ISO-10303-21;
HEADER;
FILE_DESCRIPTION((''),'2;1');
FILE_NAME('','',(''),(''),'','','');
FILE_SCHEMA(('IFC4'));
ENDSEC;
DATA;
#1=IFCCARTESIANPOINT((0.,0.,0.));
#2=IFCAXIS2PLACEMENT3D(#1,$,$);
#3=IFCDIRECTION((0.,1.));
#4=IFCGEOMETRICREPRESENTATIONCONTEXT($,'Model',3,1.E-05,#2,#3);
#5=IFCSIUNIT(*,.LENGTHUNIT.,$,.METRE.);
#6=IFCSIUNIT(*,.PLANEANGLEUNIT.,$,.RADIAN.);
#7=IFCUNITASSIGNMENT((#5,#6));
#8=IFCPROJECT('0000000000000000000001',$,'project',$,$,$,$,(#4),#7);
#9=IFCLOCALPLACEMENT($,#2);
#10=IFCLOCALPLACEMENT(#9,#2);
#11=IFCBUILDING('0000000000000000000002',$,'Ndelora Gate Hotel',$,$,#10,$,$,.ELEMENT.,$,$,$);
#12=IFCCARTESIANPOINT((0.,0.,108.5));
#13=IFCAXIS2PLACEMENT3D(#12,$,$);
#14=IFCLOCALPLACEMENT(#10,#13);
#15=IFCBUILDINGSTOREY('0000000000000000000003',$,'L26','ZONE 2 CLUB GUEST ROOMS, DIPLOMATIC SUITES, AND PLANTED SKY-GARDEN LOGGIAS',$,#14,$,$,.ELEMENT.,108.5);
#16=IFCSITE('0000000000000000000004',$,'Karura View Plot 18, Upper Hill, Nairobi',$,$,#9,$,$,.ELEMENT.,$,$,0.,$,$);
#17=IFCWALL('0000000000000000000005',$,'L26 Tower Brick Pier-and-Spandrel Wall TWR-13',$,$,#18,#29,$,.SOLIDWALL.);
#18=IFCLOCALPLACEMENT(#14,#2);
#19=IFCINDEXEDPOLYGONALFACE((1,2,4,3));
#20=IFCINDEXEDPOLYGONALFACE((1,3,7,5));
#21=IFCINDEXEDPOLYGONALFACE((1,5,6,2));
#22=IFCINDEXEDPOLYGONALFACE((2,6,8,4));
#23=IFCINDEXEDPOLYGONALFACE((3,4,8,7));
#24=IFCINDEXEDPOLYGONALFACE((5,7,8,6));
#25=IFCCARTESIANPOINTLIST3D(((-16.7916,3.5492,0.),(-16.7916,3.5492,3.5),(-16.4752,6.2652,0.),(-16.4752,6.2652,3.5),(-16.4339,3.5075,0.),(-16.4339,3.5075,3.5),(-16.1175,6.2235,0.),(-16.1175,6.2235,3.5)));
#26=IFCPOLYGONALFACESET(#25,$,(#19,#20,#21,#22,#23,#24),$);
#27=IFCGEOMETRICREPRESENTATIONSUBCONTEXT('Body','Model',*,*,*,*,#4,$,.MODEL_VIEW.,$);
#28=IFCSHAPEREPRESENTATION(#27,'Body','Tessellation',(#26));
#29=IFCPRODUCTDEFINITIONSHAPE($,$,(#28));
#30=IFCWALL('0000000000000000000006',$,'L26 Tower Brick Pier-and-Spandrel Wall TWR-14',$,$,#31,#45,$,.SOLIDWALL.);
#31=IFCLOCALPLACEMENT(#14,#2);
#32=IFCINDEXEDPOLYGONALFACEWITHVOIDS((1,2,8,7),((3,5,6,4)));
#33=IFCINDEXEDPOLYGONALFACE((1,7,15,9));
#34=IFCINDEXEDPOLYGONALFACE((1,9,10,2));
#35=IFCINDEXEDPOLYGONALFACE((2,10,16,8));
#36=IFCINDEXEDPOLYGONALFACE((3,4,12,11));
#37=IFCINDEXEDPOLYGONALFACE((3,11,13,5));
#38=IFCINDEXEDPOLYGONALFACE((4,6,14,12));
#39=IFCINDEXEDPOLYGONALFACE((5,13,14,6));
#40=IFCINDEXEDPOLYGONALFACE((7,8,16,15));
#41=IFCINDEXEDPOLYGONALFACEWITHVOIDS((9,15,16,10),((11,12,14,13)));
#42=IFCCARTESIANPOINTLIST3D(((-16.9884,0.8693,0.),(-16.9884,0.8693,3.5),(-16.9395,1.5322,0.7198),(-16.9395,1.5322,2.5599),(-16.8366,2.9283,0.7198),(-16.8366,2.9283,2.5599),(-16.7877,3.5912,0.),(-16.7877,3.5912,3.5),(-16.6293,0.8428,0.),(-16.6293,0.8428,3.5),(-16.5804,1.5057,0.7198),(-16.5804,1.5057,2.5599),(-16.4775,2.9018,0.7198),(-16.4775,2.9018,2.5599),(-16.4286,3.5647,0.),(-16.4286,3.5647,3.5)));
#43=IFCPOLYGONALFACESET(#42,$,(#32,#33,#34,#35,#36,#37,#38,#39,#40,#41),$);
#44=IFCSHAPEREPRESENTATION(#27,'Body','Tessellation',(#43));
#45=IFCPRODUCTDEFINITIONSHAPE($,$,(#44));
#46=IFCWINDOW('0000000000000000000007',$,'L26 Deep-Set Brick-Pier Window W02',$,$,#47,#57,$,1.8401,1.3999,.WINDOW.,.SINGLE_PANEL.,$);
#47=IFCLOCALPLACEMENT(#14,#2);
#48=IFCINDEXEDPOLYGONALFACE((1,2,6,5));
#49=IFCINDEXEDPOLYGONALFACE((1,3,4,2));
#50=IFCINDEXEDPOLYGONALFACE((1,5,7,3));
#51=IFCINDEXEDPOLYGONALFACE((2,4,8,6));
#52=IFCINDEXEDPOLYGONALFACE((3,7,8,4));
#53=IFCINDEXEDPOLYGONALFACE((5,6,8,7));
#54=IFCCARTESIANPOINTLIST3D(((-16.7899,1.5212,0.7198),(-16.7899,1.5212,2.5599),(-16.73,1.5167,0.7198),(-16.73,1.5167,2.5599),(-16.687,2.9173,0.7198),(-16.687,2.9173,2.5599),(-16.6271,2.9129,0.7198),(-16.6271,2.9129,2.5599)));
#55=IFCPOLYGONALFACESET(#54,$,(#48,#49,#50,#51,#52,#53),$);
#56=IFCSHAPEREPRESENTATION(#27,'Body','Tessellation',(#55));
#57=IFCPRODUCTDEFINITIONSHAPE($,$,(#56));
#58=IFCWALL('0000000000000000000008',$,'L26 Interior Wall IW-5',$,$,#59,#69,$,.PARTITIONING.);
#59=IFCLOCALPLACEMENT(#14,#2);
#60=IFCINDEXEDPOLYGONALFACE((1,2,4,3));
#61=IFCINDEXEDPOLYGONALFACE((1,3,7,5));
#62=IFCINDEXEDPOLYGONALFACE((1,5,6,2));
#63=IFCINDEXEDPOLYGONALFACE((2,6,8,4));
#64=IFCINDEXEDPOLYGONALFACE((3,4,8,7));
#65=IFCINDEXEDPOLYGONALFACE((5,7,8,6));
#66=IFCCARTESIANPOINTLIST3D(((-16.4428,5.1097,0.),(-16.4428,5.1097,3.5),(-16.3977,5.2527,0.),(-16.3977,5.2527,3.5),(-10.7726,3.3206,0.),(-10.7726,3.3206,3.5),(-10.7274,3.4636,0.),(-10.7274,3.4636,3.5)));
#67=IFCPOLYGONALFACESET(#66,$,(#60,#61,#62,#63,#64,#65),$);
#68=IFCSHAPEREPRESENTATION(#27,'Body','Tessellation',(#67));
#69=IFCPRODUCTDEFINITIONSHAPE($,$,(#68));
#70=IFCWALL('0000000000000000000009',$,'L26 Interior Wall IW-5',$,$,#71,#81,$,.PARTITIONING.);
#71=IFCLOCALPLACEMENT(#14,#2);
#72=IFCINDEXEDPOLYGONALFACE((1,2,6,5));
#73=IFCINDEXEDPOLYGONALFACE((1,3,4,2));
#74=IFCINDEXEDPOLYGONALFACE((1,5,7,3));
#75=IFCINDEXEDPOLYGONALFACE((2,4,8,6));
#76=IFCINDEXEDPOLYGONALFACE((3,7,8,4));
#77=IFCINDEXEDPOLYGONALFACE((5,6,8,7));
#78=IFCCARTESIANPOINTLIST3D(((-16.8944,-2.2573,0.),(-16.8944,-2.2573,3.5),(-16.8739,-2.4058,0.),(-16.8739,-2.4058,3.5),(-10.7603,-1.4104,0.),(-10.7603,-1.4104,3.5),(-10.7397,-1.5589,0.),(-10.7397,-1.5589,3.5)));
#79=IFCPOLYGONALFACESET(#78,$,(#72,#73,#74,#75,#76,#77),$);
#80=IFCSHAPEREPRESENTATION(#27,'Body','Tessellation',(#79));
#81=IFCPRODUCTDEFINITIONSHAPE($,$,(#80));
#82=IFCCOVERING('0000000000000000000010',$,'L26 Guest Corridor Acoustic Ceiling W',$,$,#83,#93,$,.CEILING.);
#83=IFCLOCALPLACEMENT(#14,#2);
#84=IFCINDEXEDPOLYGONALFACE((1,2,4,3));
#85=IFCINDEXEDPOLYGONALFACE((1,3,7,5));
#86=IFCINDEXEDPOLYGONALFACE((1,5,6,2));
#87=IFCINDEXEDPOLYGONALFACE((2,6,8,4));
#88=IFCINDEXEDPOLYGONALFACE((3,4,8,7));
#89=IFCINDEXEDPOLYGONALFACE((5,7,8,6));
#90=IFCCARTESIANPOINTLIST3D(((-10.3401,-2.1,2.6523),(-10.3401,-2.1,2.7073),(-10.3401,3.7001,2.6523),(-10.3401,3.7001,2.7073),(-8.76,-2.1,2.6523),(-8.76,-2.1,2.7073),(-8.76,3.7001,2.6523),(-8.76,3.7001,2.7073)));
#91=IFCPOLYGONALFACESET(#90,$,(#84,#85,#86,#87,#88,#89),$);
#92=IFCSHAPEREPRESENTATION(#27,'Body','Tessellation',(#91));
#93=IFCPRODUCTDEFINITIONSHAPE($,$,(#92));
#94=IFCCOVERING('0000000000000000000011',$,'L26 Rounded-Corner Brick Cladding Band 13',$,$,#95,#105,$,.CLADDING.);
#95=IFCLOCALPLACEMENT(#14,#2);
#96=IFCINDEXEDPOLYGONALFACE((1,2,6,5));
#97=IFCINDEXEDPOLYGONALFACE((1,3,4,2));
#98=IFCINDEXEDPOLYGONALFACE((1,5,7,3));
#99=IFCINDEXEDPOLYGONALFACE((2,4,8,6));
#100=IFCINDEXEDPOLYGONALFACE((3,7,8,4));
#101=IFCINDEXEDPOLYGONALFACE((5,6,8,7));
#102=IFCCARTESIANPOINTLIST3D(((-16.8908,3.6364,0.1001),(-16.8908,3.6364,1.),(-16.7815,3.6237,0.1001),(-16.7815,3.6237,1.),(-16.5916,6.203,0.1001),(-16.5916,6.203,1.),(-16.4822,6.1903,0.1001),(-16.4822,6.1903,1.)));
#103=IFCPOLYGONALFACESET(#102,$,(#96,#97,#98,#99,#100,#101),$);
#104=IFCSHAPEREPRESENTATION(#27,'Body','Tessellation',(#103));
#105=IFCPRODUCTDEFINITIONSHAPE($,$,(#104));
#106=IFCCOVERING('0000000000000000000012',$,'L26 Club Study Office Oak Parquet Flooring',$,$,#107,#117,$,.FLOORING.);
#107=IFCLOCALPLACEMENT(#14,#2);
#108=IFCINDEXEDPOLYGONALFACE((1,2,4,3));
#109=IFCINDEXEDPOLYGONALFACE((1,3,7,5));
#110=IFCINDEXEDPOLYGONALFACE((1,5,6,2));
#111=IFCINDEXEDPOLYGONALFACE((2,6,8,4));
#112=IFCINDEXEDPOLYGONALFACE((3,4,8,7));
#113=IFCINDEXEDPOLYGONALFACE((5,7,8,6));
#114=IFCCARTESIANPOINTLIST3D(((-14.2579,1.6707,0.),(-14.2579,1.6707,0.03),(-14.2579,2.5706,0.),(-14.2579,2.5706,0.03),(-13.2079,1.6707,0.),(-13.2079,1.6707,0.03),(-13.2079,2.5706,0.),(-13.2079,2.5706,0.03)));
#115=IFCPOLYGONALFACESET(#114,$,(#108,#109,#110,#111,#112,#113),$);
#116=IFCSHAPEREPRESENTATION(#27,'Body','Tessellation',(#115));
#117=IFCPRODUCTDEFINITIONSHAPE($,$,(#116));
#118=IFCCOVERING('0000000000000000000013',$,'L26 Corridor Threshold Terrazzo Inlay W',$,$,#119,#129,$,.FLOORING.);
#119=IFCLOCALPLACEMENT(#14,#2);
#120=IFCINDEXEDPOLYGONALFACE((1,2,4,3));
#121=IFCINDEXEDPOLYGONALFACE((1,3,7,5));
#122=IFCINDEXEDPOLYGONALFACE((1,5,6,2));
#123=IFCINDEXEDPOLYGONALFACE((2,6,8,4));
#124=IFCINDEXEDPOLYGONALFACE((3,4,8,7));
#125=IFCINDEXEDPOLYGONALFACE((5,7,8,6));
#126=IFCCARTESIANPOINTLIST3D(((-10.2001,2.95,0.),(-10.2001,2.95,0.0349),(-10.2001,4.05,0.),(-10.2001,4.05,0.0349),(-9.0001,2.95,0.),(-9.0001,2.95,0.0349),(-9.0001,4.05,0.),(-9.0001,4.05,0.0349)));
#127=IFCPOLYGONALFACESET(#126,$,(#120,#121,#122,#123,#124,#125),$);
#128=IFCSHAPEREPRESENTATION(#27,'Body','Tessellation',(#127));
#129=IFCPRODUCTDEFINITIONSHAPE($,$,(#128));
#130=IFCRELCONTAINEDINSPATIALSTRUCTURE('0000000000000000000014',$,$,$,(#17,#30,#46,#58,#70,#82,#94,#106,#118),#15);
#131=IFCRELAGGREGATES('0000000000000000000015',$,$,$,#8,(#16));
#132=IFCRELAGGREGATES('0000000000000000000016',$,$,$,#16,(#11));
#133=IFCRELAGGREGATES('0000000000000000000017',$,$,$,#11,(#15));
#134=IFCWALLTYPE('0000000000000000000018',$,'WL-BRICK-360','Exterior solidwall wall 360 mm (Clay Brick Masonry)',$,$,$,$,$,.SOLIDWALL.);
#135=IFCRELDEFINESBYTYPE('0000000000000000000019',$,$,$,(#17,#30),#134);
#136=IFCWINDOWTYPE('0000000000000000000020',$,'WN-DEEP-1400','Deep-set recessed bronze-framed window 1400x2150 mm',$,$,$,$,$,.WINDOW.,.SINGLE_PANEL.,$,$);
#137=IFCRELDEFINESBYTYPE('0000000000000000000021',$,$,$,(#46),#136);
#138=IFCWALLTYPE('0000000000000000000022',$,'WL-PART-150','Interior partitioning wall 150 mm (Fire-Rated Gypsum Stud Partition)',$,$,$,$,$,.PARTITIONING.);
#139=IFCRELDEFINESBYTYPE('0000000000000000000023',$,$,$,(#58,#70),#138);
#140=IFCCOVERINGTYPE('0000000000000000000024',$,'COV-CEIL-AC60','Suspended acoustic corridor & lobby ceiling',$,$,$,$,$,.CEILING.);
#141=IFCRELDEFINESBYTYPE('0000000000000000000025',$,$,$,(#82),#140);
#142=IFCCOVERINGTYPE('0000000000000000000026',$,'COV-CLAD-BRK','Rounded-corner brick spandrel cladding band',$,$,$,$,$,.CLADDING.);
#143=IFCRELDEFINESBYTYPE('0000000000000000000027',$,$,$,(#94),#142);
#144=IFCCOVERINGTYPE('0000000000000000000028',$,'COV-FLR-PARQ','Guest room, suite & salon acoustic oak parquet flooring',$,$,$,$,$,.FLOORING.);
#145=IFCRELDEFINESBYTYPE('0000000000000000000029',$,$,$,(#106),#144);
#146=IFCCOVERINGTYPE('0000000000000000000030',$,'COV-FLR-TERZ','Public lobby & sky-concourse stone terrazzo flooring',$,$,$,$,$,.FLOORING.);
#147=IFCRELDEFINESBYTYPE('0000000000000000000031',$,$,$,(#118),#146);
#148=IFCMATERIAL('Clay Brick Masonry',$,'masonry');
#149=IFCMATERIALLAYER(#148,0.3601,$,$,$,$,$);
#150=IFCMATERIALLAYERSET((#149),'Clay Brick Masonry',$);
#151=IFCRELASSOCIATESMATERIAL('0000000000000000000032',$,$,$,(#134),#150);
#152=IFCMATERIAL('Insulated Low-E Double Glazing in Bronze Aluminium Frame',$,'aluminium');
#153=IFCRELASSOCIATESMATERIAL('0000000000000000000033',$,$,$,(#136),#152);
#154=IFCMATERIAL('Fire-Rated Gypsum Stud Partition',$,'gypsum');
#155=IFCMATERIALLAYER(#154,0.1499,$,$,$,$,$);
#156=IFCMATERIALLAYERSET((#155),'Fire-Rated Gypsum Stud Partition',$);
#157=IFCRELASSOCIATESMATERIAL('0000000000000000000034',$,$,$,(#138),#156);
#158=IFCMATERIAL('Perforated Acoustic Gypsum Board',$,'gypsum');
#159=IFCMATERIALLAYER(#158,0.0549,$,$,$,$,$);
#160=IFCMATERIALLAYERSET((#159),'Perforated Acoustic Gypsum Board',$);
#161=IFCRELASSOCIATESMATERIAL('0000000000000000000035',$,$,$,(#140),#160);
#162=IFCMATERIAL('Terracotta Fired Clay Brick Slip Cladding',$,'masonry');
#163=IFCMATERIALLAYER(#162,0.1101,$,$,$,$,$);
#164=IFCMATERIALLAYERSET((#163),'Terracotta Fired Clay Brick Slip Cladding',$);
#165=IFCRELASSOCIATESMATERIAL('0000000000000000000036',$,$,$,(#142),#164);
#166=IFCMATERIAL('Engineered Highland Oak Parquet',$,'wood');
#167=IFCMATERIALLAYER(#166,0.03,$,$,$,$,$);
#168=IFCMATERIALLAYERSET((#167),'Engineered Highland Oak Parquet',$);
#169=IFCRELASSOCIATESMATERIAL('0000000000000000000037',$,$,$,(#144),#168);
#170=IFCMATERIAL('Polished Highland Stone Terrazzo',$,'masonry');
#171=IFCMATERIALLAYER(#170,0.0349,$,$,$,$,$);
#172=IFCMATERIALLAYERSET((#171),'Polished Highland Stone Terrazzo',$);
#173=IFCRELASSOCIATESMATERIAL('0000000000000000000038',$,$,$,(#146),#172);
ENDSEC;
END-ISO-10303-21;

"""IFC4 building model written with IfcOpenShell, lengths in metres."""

from ifc_helpers import new_model, si_unit, direction, frame, frame_2d, origin, origin_2d, place, context, subcontext, project, spatial, rectangle, extrude, material, layer, layer_set, type_object, element, fill, save


model = new_model("IFC4")

# Units and contexts
model_context = context("Model", 3, precision=1e-05, world=origin(), true_north=direction((0.0, 1.0)))
body_context = subcontext(model_context, "Body", "Model", "MODEL_VIEW")
ifc_project = project(units=[si_unit("LENGTHUNIT", "METRE"), si_unit("PLANEANGLEUNIT", "RADIAN")], contexts=[model_context])

# Site, building, storey
site_placement = place(None, origin())
site = spatial("IfcSite", under=ifc_project, at=site_placement, Name="Karura View Plot 18, Upper Hill, Nairobi", CompositionType="ELEMENT", RefElevation=0.0)
building_placement = place(site_placement, origin())
building = spatial("IfcBuilding", under=site, at=building_placement, Name="Ndelora Gate Hotel", CompositionType="ELEMENT")
storey_placement = place(building_placement, frame((0.0, 0.0, 108.5)))
storey = spatial("IfcBuildingStorey", under=building, at=storey_placement, Name="L26", Description="ZONE 2 CLUB GUEST ROOMS, DIPLOMATIC SUITES, AND PLANTED SKY-GARDEN LOGGIAS", CompositionType="ELEMENT", Elevation=108.5)

# Shared definitions
ifc_material_1 = material(Name="Clay Brick Masonry", Category="masonry")
ifc_layer_1 = layer(ifc_material_1, 0.3601)
ifc_layer_set_1 = layer_set([ifc_layer_1], Name="Clay Brick Masonry")
wall_type_1 = type_object("IfcWallType", Name="WL-BRICK-360", Description="Exterior solidwall wall 360 mm (Clay Brick Masonry)", PredefinedType="SOLIDWALL", material=ifc_layer_set_1)
ifc_material_2 = material(Name="Insulated Low-E Double Glazing in Bronze Aluminium Frame", Category="aluminium")
window_type = type_object("IfcWindowType", Name="WN-DEEP-1400", Description="Deep-set recessed bronze-framed window 1400x2150 mm", PartitioningType="SINGLE_PANEL", PredefinedType="WINDOW", material=ifc_material_2)

# Wall
wall_1_placement = place(storey_placement, frame((-16.6128, 3.5283, 0.0), z_axis=(0.0, 0.0, 1.0), x_axis=(0.115712, 0.993283, 0.0)))
element("IfcWall", 1, at=wall_1_placement, inside=storey, type_object=wall_type_1, Name="L26 Tower Brick Pier-and-Spandrel Wall TWR-13", PredefinedType="SOLIDWALL", context=body_context, shape_type="SweptSolid", body=[
    extrude(rectangle(XDim=2.7344, YDim=0.3601, at=frame_2d((1.3672, 0.0))), origin(), (0.0, 0.0, 1.0), 3.5),
])

# Wall, opening, window
wall_2_placement = place(storey_placement, frame((-16.8088, 0.856, 0.0), z_axis=(0.0, 0.0, 1.0), x_axis=(0.073529, 0.997293, 0.0)))
wall_2 = element("IfcWall", 2, at=wall_2_placement, inside=storey, type_object=wall_type_1, Name="L26 Tower Brick Pier-and-Spandrel Wall TWR-14", PredefinedType="SOLIDWALL", context=body_context, shape_type="SweptSolid", body=[
    extrude(rectangle(XDim=2.7292, YDim=0.3601, at=frame_2d((1.3647, 0.0))), origin(), (0.0, 0.0, 1.0), 3.5),
])
opening_1_placement = place(wall_2_placement, frame((0.6648, 0.0, 0.72)))
opening_1 = element("IfcOpeningElement", 3, at=opening_1_placement, cuts=wall_2, PredefinedType="OPENING", context=body_context, shape_type="SweptSolid", body=[
    extrude(rectangle(XDim=1.3999, YDim=1.8401, at=frame_2d((0.7, 0.9199))), frame((0.0, 0.1899, 0.0), z_axis=(0.0, -1.0, 0.0), x_axis=(1.0, 0.0, 0.0)), (0.0, 0.0, 1.0), 0.3801),
])
window_1_placement = place(opening_1_placement, origin())
window_1 = element("IfcWindow", 4, at=window_1_placement, inside=storey, type_object=window_type, Name="L26 Deep-Set Brick-Pier Window W02", OverallHeight=1.8401, OverallWidth=1.3999, PartitioningType="SINGLE_PANEL", PredefinedType="WINDOW", context=body_context, shape_type="SweptSolid", body=[
    extrude(rectangle(XDim=1.3999, YDim=1.8401, at=frame_2d((0.7, 0.9199))), frame((0.0, 0.03, 0.0), z_axis=(0.0, -1.0, 0.0), x_axis=(1.0, 0.0, 0.0)), (0.0, 0.0, 1.0), 0.0601),
])
fill(opening_1, window_1)

# Walls
ifc_material_3 = material(Name="Fire-Rated Gypsum Stud Partition", Category="gypsum")
ifc_layer_2 = layer(ifc_material_3, 0.1499)
ifc_layer_set_2 = layer_set([ifc_layer_2], Name="Fire-Rated Gypsum Stud Partition")
wall_type_2 = type_object("IfcWallType", Name="WL-PART-150", Description="Interior partitioning wall 150 mm (Fire-Rated Gypsum Stud Partition)", PredefinedType="PARTITIONING", material=ifc_layer_set_2)
wall_3_placement = place(storey_placement, frame((-10.75, 3.3921, 0.0), z_axis=(0.0, 0.0, 1.0), x_axis=(-0.953656, 0.300899, 0.0)))
element("IfcWall", 5, at=wall_3_placement, inside=storey, type_object=wall_type_2, Name="L26 Interior Wall IW-5", PredefinedType="PARTITIONING", context=body_context, shape_type="SweptSolid", body=[
    extrude(rectangle(XDim=5.9458, YDim=0.1499, at=frame_2d((2.9729, 0.0))), origin(), (0.0, 0.0, 1.0), 3.5),
])
wall_4_placement = place(storey_placement, frame((-10.75, -1.4846, 0.0), z_axis=(0.0, 0.0, 1.0), x_axis=(-0.990603, -0.136767, 0.0)))
element("IfcWall", 6, at=wall_4_placement, inside=storey, type_object=wall_type_2, Name="L26 Interior Wall IW-5", PredefinedType="PARTITIONING", context=body_context, shape_type="SweptSolid", body=[
    extrude(rectangle(XDim=6.1924, YDim=0.1499, at=frame_2d((3.0962, 0.0))), origin(), (0.0, 0.0, 1.0), 3.5),
])

# Coverings
ifc_material_4 = material(Name="Perforated Acoustic Gypsum Board", Category="gypsum")
ifc_layer_3 = layer(ifc_material_4, 0.0549)
ifc_layer_set_3 = layer_set([ifc_layer_3], Name="Perforated Acoustic Gypsum Board")
covering_type_1 = type_object("IfcCoveringType", Name="COV-CEIL-AC60", Description="Suspended acoustic corridor & lobby ceiling", PredefinedType="CEILING", material=ifc_layer_set_3)
covering_1_placement = place(storey_placement, frame((-9.55, 0.8, 2.6523), z_axis=(0.0, 0.0, 1.0), x_axis=(1.0, 0.0, 0.0)))
element("IfcCovering", 7, at=covering_1_placement, inside=storey, type_object=covering_type_1, Name="L26 Guest Corridor Acoustic Ceiling W", PredefinedType="CEILING", context=body_context, shape_type="SweptSolid", body=[
    extrude(rectangle(XDim=1.5801, YDim=5.8, at=origin_2d()), origin(), (0.0, 0.0, 1.0), 0.0549),
])
ifc_material_5 = material(Name="Terracotta Fired Clay Brick Slip Cladding", Category="masonry")
ifc_layer_4 = layer(ifc_material_5, 0.1101)
ifc_layer_set_4 = layer_set([ifc_layer_4], Name="Terracotta Fired Clay Brick Slip Cladding")
covering_type_2 = type_object("IfcCoveringType", Name="COV-CLAD-BRK", Description="Rounded-corner brick spandrel cladding band", PredefinedType="CLADDING", material=ifc_layer_set_4)
covering_2_placement = place(storey_placement, frame((-16.6865, 4.9133, 0.1001), z_axis=(0.0, 0.0, 1.0), x_axis=(0.115804, 0.993272, 0.0)))
element("IfcCovering", 8, at=covering_2_placement, inside=storey, type_object=covering_type_2, Name="L26 Rounded-Corner Brick Cladding Band 13", PredefinedType="CLADDING", context=body_context, shape_type="SweptSolid", body=[
    extrude(rectangle(XDim=2.584, YDim=0.1101, at=origin_2d()), origin(), (0.0, 0.0, 1.0), 0.8999),
])
ifc_material_6 = material(Name="Engineered Highland Oak Parquet", Category="wood")
ifc_layer_5 = layer(ifc_material_6, 0.03)
ifc_layer_set_5 = layer_set([ifc_layer_5], Name="Engineered Highland Oak Parquet")
covering_type_3 = type_object("IfcCoveringType", Name="COV-FLR-PARQ", Description="Guest room, suite & salon acoustic oak parquet flooring", PredefinedType="FLOORING", material=ifc_layer_set_5)
covering_3_placement = place(storey_placement, frame((-13.7329, 2.1206, 0.0), z_axis=(0.0, 0.0, 1.0), x_axis=(1.0, 0.0, 0.0)))
element("IfcCovering", 9, at=covering_3_placement, inside=storey, type_object=covering_type_3, Name="L26 Club Study Office Oak Parquet Flooring", PredefinedType="FLOORING", context=body_context, shape_type="SweptSolid", body=[
    extrude(rectangle(XDim=1.05, YDim=0.8999, at=origin_2d()), origin(), (0.0, 0.0, 1.0), 0.03),
])
ifc_material_7 = material(Name="Polished Highland Stone Terrazzo", Category="masonry")
ifc_layer_6 = layer(ifc_material_7, 0.0349)
ifc_layer_set_6 = layer_set([ifc_layer_6], Name="Polished Highland Stone Terrazzo")
covering_type_4 = type_object("IfcCoveringType", Name="COV-FLR-TERZ", Description="Public lobby & sky-concourse stone terrazzo flooring", PredefinedType="FLOORING", material=ifc_layer_set_6)
covering_4_placement = place(storey_placement, frame((-9.6001, 3.5, 0.0), z_axis=(0.0, 0.0, 1.0), x_axis=(1.0, 0.0, 0.0)))
element("IfcCovering", 10, at=covering_4_placement, inside=storey, type_object=covering_type_4, Name="L26 Corridor Threshold Terrazzo Inlay W", PredefinedType="FLOORING", context=body_context, shape_type="SweptSolid", body=[
    extrude(rectangle(XDim=1.2, YDim=1.1001, at=origin_2d()), origin(), (0.0, 0.0, 1.0), 0.0349),
])

save(model, "model.ifc")
